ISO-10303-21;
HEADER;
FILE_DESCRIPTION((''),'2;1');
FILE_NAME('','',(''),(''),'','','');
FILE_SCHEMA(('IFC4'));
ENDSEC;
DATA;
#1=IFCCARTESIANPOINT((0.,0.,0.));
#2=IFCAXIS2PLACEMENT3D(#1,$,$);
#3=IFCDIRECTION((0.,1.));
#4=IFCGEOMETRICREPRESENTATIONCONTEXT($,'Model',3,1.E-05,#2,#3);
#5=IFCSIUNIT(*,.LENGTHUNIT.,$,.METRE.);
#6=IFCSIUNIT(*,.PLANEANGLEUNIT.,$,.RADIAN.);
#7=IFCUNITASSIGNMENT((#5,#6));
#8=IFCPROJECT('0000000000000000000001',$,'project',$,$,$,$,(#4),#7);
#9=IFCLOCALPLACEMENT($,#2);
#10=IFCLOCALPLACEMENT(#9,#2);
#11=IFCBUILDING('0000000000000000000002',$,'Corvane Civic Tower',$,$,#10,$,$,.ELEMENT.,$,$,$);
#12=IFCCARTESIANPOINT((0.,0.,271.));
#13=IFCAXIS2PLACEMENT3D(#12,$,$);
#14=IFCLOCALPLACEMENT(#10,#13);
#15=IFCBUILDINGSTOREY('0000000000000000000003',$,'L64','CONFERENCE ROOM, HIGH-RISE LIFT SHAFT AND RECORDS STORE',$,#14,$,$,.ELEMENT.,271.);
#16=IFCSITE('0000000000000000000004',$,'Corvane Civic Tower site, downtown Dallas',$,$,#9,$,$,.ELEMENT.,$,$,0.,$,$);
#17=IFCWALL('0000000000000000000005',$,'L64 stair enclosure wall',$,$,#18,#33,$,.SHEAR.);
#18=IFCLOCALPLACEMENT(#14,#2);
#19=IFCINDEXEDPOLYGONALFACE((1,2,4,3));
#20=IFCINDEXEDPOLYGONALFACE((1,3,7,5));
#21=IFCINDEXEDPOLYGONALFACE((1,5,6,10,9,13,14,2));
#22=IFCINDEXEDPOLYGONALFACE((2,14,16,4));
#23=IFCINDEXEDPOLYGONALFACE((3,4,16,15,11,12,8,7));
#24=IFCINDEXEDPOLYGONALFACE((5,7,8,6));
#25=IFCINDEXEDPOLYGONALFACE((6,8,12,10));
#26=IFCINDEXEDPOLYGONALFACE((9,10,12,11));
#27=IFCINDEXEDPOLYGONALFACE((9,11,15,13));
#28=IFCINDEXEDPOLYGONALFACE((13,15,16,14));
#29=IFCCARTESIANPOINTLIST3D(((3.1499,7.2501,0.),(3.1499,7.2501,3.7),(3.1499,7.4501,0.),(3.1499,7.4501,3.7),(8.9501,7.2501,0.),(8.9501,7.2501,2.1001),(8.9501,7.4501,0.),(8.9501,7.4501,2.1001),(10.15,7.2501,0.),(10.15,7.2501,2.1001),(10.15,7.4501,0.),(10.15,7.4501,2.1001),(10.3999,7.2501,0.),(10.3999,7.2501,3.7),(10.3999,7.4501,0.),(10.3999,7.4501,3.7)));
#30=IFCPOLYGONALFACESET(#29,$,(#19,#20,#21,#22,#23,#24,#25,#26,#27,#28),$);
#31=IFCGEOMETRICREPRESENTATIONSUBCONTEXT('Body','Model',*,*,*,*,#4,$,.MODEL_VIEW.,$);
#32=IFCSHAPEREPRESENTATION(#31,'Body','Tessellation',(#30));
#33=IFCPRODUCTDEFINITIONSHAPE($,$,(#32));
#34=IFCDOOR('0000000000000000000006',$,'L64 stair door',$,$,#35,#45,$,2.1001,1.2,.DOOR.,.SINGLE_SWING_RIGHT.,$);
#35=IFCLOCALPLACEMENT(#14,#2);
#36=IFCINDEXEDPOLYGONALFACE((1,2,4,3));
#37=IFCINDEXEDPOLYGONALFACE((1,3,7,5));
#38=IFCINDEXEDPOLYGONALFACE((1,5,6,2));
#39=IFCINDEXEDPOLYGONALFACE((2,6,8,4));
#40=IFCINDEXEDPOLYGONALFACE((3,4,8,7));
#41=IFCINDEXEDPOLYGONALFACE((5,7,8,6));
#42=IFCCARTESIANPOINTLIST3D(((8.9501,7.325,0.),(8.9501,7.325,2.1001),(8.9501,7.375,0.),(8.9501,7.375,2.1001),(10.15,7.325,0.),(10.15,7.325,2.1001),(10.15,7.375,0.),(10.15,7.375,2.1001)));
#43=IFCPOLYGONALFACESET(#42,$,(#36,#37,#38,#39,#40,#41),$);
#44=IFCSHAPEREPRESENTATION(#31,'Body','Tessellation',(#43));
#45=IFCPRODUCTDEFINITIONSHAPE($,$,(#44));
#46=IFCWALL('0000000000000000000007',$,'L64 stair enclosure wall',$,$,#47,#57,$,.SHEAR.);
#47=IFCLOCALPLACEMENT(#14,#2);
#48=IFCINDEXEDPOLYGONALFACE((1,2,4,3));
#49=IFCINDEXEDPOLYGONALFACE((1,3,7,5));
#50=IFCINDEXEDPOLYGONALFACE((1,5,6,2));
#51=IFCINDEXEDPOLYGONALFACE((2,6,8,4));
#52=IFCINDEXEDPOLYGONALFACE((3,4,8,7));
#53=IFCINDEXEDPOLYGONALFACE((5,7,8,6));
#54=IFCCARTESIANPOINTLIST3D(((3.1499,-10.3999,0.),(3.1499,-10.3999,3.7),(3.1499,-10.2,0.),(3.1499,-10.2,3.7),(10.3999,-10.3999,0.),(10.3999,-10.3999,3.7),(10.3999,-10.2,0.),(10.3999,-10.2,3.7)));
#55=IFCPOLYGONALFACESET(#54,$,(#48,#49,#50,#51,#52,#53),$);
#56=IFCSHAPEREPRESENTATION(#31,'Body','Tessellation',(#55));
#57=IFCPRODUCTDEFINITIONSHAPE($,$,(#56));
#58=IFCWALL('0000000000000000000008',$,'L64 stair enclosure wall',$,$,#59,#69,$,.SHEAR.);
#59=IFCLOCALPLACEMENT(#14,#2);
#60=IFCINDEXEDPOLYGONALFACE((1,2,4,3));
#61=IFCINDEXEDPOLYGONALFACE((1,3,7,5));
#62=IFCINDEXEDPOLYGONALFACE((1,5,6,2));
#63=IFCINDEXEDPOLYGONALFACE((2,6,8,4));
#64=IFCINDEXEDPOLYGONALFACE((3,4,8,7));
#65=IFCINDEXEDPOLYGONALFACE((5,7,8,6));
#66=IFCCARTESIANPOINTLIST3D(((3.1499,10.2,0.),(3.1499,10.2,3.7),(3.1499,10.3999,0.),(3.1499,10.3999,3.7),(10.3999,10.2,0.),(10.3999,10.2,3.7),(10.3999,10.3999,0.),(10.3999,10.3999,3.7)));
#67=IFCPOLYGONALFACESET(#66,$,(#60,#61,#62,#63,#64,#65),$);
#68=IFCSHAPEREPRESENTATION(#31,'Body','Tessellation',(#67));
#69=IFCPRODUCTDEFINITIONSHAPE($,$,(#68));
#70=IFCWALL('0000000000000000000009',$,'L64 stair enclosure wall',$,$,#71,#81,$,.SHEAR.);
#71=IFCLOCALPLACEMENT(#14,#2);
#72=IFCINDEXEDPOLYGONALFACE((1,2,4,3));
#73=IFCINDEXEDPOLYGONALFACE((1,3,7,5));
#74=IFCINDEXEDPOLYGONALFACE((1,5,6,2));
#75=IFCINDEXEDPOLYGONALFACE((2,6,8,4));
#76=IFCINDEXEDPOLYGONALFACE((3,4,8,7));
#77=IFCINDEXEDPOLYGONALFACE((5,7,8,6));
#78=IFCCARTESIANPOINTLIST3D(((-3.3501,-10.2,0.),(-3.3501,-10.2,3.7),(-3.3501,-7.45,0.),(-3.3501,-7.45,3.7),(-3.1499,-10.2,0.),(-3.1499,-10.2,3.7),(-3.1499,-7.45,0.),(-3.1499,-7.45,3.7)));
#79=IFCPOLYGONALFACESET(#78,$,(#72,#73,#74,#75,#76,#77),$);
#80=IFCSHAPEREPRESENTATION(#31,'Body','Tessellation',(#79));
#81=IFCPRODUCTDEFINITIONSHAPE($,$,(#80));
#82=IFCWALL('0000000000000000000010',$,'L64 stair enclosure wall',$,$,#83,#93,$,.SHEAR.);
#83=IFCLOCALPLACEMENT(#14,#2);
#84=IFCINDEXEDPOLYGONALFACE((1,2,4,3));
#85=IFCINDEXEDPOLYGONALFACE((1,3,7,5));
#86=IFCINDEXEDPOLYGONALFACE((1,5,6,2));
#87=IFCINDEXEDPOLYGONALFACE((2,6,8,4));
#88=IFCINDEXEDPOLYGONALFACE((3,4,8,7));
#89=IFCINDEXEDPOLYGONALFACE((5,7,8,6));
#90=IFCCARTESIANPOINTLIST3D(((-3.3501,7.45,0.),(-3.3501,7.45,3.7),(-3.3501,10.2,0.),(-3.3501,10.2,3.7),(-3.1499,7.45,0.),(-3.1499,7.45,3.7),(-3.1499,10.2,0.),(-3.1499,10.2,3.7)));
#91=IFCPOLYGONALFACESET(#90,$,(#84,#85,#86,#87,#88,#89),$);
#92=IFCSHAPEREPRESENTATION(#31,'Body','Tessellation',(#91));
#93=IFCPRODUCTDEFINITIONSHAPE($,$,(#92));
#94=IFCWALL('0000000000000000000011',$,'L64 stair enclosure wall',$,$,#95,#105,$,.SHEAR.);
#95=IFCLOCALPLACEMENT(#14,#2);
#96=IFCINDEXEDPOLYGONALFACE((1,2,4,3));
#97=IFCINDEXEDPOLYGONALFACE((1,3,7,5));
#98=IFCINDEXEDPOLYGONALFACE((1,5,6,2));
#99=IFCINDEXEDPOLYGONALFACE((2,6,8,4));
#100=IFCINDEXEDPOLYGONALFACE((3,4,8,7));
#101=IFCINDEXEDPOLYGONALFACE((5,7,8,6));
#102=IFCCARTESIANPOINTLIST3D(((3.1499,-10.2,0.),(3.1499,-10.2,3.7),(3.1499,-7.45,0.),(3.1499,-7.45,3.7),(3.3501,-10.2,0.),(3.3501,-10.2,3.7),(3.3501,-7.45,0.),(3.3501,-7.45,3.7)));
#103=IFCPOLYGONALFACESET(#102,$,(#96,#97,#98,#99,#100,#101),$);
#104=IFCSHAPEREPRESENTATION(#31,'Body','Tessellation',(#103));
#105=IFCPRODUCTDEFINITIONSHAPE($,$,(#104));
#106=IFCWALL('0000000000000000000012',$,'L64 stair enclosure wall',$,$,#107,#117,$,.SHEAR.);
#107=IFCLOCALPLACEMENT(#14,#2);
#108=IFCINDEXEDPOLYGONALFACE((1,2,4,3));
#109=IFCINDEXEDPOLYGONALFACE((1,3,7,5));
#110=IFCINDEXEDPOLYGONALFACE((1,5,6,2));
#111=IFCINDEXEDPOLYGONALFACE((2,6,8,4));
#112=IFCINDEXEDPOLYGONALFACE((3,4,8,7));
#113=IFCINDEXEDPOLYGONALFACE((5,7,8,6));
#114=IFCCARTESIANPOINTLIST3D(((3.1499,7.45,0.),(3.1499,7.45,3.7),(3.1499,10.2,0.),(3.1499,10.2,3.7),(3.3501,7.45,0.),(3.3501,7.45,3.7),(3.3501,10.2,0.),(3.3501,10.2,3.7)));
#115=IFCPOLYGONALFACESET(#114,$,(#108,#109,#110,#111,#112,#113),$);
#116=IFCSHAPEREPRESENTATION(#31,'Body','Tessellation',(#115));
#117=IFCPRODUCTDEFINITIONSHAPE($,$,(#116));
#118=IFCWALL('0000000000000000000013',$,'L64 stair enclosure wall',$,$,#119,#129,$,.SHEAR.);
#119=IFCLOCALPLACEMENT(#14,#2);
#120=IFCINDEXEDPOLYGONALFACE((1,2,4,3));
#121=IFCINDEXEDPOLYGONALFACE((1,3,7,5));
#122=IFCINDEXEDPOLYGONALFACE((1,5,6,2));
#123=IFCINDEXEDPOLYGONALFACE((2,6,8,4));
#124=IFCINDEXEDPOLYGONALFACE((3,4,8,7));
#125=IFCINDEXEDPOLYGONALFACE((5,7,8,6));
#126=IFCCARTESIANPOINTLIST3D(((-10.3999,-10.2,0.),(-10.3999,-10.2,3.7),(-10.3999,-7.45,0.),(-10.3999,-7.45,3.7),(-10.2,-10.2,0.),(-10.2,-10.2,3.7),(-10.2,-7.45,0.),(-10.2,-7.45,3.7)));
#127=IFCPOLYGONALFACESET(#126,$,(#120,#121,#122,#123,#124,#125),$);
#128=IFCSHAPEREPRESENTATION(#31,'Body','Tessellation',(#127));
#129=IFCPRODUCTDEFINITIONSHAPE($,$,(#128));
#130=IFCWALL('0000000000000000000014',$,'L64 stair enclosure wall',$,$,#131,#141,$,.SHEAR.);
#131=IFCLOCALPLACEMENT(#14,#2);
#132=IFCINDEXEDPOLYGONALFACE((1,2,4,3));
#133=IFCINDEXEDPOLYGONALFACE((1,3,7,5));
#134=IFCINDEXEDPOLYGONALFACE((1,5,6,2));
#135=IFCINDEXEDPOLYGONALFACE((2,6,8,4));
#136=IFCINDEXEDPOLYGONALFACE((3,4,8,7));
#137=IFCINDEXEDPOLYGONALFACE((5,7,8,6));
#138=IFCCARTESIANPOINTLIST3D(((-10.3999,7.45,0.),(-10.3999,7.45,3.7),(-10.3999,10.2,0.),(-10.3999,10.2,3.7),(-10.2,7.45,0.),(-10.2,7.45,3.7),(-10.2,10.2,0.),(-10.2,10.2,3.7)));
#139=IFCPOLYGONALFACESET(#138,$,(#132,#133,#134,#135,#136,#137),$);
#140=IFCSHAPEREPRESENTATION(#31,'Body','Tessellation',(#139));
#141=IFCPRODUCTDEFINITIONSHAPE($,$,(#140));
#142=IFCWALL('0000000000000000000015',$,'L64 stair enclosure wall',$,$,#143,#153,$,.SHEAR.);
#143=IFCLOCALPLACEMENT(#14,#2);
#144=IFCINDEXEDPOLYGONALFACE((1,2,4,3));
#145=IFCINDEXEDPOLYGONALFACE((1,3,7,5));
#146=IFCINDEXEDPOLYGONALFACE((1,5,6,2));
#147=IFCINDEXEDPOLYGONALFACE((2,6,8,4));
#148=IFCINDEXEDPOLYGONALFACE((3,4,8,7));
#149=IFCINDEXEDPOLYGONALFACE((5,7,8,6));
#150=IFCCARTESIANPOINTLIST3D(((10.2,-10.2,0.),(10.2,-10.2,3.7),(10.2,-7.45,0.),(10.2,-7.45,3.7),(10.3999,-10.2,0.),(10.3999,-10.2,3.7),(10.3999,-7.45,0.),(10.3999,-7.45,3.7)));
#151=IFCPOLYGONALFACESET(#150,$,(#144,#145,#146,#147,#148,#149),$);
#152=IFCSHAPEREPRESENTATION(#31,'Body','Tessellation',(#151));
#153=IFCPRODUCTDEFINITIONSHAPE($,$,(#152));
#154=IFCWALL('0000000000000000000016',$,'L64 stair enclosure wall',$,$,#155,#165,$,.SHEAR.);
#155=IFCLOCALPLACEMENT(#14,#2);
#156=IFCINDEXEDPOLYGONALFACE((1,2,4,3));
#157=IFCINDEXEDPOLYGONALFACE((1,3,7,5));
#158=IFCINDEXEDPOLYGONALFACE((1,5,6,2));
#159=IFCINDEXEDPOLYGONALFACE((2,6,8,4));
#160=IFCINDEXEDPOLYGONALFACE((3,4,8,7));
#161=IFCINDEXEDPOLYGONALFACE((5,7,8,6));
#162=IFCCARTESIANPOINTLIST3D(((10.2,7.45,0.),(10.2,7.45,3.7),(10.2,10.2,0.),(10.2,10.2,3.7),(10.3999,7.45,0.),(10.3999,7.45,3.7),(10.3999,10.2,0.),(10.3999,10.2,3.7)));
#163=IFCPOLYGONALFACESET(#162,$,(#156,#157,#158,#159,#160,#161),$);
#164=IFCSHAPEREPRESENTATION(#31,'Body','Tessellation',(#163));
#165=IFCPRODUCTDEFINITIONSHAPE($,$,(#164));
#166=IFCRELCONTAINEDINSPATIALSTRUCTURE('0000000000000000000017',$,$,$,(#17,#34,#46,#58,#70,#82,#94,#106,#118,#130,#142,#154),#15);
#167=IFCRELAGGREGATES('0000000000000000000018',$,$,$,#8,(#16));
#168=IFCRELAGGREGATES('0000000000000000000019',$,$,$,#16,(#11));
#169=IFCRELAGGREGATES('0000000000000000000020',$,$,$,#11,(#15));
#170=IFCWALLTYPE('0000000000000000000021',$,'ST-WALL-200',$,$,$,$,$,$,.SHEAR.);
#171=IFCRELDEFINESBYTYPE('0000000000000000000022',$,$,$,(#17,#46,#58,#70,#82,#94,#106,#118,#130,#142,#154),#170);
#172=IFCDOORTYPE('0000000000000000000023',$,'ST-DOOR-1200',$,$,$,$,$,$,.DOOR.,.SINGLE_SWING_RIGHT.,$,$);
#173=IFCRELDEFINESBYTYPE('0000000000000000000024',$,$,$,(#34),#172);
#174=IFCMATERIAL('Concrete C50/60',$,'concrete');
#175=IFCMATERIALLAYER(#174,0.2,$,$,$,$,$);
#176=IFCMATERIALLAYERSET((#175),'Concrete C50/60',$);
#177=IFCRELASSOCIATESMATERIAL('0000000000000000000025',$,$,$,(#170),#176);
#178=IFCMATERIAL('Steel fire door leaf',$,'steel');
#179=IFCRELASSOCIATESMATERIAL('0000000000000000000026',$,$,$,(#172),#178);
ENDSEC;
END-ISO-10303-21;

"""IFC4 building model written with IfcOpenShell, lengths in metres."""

from ifc_helpers import new_model, si_unit, direction, frame, frame_2d, origin, place, context, subcontext, project, spatial, polyline, rectangle, outline, extrude, material, layer, layer_set, type_object, element, fill, save


model = new_model("IFC4")

# Units and contexts
model_context = context("Model", 3, precision=1e-05, world=origin(), true_north=direction((0.0, 1.0)))
body_context = subcontext(model_context, "Body", "Model", "MODEL_VIEW")
ifc_project = project(units=[si_unit("LENGTHUNIT", "METRE"), si_unit("PLANEANGLEUNIT", "RADIAN")], contexts=[model_context])

# Site, building, storey
site_placement = place(None, origin())
site = spatial("IfcSite", under=ifc_project, at=site_placement, Name="Corvane Civic Tower site, downtown Dallas", CompositionType="ELEMENT", RefElevation=0.0)
building_placement = place(site_placement, origin())
building = spatial("IfcBuilding", under=site, at=building_placement, Name="Corvane Civic Tower", CompositionType="ELEMENT")
storey_placement = place(building_placement, frame((0.0, 0.0, 271.0)))
storey = spatial("IfcBuildingStorey", under=building, at=storey_placement, Name="L64", Description="CONFERENCE ROOM, HIGH-RISE LIFT SHAFT AND RECORDS STORE", CompositionType="ELEMENT", Elevation=271.0)

# Wall, opening, door
ifc_material_1 = material(Name="Concrete C50/60", Category="concrete")
ifc_layer_1 = layer(ifc_material_1, 0.2)
ifc_layer_set_1 = layer_set([ifc_layer_1], Name="Concrete C50/60")
wall_type_1 = type_object("IfcWallType", Name="ST-WALL-200", PredefinedType="SHEAR", material=ifc_layer_set_1)
wall_1_placement = place(storey_placement, frame((3.1499, 7.3501, 0.0), z_axis=(0.0, 0.0, 1.0), x_axis=(1.0, 0.0, 0.0)))
wall_1 = element("IfcWall", 1, at=wall_1_placement, inside=storey, type_object=wall_type_1, Name="L64 stair enclosure wall", PredefinedType="SHEAR", context=body_context, shape_type="SweptSolid", body=[
    extrude(rectangle(XDim=7.25, YDim=0.2, at=frame_2d((3.625, 0.0))), origin(), (0.0, 0.0, 1.0), 3.7),
])
opening_1_placement = place(wall_1_placement, frame((5.8, 0.0, 0.0)))
opening_1 = element("IfcOpeningElement", 2, at=opening_1_placement, cuts=wall_1, PredefinedType="OPENING", context=body_context, shape_type="SweptSolid", body=[
    extrude(rectangle(XDim=1.2, YDim=2.1001, at=frame_2d((0.6001, 1.05))), frame((0.0, 0.1099, 0.0), z_axis=(0.0, -1.0, 0.0), x_axis=(1.0, 0.0, 0.0)), (0.0, 0.0, 1.0), 0.22),
])
ifc_material_2 = material(Name="Steel fire door leaf", Category="steel")
door_type_1 = type_object("IfcDoorType", Name="ST-DOOR-1200", OperationType="SINGLE_SWING_RIGHT", PredefinedType="DOOR", material=ifc_material_2)
door_1_placement = place(opening_1_placement, origin())
door_1 = element("IfcDoor", 3, at=door_1_placement, inside=storey, type_object=door_type_1, Name="L64 stair door", OperationType="SINGLE_SWING_RIGHT", OverallHeight=2.1001, OverallWidth=1.2, PredefinedType="DOOR", context=body_context, shape_type="SweptSolid", body=[
    extrude(rectangle(XDim=1.2, YDim=2.1001, at=frame_2d((0.6001, 1.05))), frame((0.0, 0.0249, 0.0), z_axis=(0.0, -1.0, 0.0), x_axis=(1.0, 0.0, 0.0)), (0.0, 0.0, 1.0), 0.05),
])
fill(opening_1, door_1)

# Walls
wall_2_placement = place(storey_placement, origin())
element("IfcWall", 4, at=wall_2_placement, inside=storey, type_object=wall_type_1, Name="L64 stair enclosure wall", PredefinedType="SHEAR", context=body_context, shape_type="SweptSolid", body=[
    extrude(outline(polyline([(10.3999, -10.3999), (3.1499, -10.3999), (3.1499, -10.2), (10.3999, -10.2), (10.3999, -10.3999)])), origin(), (0.0, 0.0, 1.0), 3.7),
])
wall_3_placement = place(storey_placement, origin())
element("IfcWall", 5, at=wall_3_placement, inside=storey, type_object=wall_type_1, Name="L64 stair enclosure wall", PredefinedType="SHEAR", context=body_context, shape_type="SweptSolid", body=[
    extrude(outline(polyline([(10.3999, 10.2), (3.1499, 10.2), (3.1499, 10.3999), (10.3999, 10.3999), (10.3999, 10.2)])), origin(), (0.0, 0.0, 1.0), 3.7),
])
wall_4_placement = place(storey_placement, origin())
element("IfcWall", 6, at=wall_4_placement, inside=storey, type_object=wall_type_1, Name="L64 stair enclosure wall", PredefinedType="SHEAR", context=body_context, shape_type="SweptSolid", body=[
    extrude(outline(polyline([(-3.1499, -7.45), (-3.1499, -10.2), (-3.3501, -10.2), (-3.3501, -7.45), (-3.1499, -7.45)])), origin(), (0.0, 0.0, 1.0), 3.7),
])
wall_5_placement = place(storey_placement, origin())
element("IfcWall", 7, at=wall_5_placement, inside=storey, type_object=wall_type_1, Name="L64 stair enclosure wall", PredefinedType="SHEAR", context=body_context, shape_type="SweptSolid", body=[
    extrude(outline(polyline([(-3.1499, 7.45), (-3.3501, 7.45), (-3.3501, 10.2), (-3.1499, 10.2), (-3.1499, 7.45)])), origin(), (0.0, 0.0, 1.0), 3.7),
])
wall_6_placement = place(storey_placement, origin())
element("IfcWall", 8, at=wall_6_placement, inside=storey, type_object=wall_type_1, Name="L64 stair enclosure wall", PredefinedType="SHEAR", context=body_context, shape_type="SweptSolid", body=[
    extrude(outline(polyline([(3.3501, -7.45), (3.3501, -10.2), (3.1499, -10.2), (3.1499, -7.45), (3.3501, -7.45)])), origin(), (0.0, 0.0, 1.0), 3.7),
])
wall_7_placement = place(storey_placement, origin())
element("IfcWall", 9, at=wall_7_placement, inside=storey, type_object=wall_type_1, Name="L64 stair enclosure wall", PredefinedType="SHEAR", context=body_context, shape_type="SweptSolid", body=[
    extrude(outline(polyline([(3.3501, 7.45), (3.1499, 7.45), (3.1499, 10.2), (3.3501, 10.2), (3.3501, 7.45)])), origin(), (0.0, 0.0, 1.0), 3.7),
])
wall_8_placement = place(storey_placement, origin())
element("IfcWall", 10, at=wall_8_placement, inside=storey, type_object=wall_type_1, Name="L64 stair enclosure wall", PredefinedType="SHEAR", context=body_context, shape_type="SweptSolid", body=[
    extrude(outline(polyline([(-10.2, -7.45), (-10.2, -10.2), (-10.3999, -10.2), (-10.3999, -7.45), (-10.2, -7.45)])), origin(), (0.0, 0.0, 1.0), 3.7),
])
wall_9_placement = place(storey_placement, origin())
element("IfcWall", 11, at=wall_9_placement, inside=storey, type_object=wall_type_1, Name="L64 stair enclosure wall", PredefinedType="SHEAR", context=body_context, shape_type="SweptSolid", body=[
    extrude(outline(polyline([(-10.2, 7.45), (-10.3999, 7.45), (-10.3999, 10.2), (-10.2, 10.2), (-10.2, 7.45)])), origin(), (0.0, 0.0, 1.0), 3.7),
])
wall_10_placement = place(storey_placement, origin())
element("IfcWall", 12, at=wall_10_placement, inside=storey, type_object=wall_type_1, Name="L64 stair enclosure wall", PredefinedType="SHEAR", context=body_context, shape_type="SweptSolid", body=[
    extrude(outline(polyline([(10.3999, -7.45), (10.3999, -10.2), (10.2, -10.2), (10.2, -7.45), (10.3999, -7.45)])), origin(), (0.0, 0.0, 1.0), 3.7),
])
wall_11_placement = place(storey_placement, origin())
element("IfcWall", 13, at=wall_11_placement, inside=storey, type_object=wall_type_1, Name="L64 stair enclosure wall", PredefinedType="SHEAR", context=body_context, shape_type="SweptSolid", body=[
    extrude(outline(polyline([(10.3999, 7.45), (10.2, 7.45), (10.2, 10.2), (10.3999, 10.2), (10.3999, 7.45)])), origin(), (0.0, 0.0, 1.0), 3.7),
])

save(model, "model.ifc")
